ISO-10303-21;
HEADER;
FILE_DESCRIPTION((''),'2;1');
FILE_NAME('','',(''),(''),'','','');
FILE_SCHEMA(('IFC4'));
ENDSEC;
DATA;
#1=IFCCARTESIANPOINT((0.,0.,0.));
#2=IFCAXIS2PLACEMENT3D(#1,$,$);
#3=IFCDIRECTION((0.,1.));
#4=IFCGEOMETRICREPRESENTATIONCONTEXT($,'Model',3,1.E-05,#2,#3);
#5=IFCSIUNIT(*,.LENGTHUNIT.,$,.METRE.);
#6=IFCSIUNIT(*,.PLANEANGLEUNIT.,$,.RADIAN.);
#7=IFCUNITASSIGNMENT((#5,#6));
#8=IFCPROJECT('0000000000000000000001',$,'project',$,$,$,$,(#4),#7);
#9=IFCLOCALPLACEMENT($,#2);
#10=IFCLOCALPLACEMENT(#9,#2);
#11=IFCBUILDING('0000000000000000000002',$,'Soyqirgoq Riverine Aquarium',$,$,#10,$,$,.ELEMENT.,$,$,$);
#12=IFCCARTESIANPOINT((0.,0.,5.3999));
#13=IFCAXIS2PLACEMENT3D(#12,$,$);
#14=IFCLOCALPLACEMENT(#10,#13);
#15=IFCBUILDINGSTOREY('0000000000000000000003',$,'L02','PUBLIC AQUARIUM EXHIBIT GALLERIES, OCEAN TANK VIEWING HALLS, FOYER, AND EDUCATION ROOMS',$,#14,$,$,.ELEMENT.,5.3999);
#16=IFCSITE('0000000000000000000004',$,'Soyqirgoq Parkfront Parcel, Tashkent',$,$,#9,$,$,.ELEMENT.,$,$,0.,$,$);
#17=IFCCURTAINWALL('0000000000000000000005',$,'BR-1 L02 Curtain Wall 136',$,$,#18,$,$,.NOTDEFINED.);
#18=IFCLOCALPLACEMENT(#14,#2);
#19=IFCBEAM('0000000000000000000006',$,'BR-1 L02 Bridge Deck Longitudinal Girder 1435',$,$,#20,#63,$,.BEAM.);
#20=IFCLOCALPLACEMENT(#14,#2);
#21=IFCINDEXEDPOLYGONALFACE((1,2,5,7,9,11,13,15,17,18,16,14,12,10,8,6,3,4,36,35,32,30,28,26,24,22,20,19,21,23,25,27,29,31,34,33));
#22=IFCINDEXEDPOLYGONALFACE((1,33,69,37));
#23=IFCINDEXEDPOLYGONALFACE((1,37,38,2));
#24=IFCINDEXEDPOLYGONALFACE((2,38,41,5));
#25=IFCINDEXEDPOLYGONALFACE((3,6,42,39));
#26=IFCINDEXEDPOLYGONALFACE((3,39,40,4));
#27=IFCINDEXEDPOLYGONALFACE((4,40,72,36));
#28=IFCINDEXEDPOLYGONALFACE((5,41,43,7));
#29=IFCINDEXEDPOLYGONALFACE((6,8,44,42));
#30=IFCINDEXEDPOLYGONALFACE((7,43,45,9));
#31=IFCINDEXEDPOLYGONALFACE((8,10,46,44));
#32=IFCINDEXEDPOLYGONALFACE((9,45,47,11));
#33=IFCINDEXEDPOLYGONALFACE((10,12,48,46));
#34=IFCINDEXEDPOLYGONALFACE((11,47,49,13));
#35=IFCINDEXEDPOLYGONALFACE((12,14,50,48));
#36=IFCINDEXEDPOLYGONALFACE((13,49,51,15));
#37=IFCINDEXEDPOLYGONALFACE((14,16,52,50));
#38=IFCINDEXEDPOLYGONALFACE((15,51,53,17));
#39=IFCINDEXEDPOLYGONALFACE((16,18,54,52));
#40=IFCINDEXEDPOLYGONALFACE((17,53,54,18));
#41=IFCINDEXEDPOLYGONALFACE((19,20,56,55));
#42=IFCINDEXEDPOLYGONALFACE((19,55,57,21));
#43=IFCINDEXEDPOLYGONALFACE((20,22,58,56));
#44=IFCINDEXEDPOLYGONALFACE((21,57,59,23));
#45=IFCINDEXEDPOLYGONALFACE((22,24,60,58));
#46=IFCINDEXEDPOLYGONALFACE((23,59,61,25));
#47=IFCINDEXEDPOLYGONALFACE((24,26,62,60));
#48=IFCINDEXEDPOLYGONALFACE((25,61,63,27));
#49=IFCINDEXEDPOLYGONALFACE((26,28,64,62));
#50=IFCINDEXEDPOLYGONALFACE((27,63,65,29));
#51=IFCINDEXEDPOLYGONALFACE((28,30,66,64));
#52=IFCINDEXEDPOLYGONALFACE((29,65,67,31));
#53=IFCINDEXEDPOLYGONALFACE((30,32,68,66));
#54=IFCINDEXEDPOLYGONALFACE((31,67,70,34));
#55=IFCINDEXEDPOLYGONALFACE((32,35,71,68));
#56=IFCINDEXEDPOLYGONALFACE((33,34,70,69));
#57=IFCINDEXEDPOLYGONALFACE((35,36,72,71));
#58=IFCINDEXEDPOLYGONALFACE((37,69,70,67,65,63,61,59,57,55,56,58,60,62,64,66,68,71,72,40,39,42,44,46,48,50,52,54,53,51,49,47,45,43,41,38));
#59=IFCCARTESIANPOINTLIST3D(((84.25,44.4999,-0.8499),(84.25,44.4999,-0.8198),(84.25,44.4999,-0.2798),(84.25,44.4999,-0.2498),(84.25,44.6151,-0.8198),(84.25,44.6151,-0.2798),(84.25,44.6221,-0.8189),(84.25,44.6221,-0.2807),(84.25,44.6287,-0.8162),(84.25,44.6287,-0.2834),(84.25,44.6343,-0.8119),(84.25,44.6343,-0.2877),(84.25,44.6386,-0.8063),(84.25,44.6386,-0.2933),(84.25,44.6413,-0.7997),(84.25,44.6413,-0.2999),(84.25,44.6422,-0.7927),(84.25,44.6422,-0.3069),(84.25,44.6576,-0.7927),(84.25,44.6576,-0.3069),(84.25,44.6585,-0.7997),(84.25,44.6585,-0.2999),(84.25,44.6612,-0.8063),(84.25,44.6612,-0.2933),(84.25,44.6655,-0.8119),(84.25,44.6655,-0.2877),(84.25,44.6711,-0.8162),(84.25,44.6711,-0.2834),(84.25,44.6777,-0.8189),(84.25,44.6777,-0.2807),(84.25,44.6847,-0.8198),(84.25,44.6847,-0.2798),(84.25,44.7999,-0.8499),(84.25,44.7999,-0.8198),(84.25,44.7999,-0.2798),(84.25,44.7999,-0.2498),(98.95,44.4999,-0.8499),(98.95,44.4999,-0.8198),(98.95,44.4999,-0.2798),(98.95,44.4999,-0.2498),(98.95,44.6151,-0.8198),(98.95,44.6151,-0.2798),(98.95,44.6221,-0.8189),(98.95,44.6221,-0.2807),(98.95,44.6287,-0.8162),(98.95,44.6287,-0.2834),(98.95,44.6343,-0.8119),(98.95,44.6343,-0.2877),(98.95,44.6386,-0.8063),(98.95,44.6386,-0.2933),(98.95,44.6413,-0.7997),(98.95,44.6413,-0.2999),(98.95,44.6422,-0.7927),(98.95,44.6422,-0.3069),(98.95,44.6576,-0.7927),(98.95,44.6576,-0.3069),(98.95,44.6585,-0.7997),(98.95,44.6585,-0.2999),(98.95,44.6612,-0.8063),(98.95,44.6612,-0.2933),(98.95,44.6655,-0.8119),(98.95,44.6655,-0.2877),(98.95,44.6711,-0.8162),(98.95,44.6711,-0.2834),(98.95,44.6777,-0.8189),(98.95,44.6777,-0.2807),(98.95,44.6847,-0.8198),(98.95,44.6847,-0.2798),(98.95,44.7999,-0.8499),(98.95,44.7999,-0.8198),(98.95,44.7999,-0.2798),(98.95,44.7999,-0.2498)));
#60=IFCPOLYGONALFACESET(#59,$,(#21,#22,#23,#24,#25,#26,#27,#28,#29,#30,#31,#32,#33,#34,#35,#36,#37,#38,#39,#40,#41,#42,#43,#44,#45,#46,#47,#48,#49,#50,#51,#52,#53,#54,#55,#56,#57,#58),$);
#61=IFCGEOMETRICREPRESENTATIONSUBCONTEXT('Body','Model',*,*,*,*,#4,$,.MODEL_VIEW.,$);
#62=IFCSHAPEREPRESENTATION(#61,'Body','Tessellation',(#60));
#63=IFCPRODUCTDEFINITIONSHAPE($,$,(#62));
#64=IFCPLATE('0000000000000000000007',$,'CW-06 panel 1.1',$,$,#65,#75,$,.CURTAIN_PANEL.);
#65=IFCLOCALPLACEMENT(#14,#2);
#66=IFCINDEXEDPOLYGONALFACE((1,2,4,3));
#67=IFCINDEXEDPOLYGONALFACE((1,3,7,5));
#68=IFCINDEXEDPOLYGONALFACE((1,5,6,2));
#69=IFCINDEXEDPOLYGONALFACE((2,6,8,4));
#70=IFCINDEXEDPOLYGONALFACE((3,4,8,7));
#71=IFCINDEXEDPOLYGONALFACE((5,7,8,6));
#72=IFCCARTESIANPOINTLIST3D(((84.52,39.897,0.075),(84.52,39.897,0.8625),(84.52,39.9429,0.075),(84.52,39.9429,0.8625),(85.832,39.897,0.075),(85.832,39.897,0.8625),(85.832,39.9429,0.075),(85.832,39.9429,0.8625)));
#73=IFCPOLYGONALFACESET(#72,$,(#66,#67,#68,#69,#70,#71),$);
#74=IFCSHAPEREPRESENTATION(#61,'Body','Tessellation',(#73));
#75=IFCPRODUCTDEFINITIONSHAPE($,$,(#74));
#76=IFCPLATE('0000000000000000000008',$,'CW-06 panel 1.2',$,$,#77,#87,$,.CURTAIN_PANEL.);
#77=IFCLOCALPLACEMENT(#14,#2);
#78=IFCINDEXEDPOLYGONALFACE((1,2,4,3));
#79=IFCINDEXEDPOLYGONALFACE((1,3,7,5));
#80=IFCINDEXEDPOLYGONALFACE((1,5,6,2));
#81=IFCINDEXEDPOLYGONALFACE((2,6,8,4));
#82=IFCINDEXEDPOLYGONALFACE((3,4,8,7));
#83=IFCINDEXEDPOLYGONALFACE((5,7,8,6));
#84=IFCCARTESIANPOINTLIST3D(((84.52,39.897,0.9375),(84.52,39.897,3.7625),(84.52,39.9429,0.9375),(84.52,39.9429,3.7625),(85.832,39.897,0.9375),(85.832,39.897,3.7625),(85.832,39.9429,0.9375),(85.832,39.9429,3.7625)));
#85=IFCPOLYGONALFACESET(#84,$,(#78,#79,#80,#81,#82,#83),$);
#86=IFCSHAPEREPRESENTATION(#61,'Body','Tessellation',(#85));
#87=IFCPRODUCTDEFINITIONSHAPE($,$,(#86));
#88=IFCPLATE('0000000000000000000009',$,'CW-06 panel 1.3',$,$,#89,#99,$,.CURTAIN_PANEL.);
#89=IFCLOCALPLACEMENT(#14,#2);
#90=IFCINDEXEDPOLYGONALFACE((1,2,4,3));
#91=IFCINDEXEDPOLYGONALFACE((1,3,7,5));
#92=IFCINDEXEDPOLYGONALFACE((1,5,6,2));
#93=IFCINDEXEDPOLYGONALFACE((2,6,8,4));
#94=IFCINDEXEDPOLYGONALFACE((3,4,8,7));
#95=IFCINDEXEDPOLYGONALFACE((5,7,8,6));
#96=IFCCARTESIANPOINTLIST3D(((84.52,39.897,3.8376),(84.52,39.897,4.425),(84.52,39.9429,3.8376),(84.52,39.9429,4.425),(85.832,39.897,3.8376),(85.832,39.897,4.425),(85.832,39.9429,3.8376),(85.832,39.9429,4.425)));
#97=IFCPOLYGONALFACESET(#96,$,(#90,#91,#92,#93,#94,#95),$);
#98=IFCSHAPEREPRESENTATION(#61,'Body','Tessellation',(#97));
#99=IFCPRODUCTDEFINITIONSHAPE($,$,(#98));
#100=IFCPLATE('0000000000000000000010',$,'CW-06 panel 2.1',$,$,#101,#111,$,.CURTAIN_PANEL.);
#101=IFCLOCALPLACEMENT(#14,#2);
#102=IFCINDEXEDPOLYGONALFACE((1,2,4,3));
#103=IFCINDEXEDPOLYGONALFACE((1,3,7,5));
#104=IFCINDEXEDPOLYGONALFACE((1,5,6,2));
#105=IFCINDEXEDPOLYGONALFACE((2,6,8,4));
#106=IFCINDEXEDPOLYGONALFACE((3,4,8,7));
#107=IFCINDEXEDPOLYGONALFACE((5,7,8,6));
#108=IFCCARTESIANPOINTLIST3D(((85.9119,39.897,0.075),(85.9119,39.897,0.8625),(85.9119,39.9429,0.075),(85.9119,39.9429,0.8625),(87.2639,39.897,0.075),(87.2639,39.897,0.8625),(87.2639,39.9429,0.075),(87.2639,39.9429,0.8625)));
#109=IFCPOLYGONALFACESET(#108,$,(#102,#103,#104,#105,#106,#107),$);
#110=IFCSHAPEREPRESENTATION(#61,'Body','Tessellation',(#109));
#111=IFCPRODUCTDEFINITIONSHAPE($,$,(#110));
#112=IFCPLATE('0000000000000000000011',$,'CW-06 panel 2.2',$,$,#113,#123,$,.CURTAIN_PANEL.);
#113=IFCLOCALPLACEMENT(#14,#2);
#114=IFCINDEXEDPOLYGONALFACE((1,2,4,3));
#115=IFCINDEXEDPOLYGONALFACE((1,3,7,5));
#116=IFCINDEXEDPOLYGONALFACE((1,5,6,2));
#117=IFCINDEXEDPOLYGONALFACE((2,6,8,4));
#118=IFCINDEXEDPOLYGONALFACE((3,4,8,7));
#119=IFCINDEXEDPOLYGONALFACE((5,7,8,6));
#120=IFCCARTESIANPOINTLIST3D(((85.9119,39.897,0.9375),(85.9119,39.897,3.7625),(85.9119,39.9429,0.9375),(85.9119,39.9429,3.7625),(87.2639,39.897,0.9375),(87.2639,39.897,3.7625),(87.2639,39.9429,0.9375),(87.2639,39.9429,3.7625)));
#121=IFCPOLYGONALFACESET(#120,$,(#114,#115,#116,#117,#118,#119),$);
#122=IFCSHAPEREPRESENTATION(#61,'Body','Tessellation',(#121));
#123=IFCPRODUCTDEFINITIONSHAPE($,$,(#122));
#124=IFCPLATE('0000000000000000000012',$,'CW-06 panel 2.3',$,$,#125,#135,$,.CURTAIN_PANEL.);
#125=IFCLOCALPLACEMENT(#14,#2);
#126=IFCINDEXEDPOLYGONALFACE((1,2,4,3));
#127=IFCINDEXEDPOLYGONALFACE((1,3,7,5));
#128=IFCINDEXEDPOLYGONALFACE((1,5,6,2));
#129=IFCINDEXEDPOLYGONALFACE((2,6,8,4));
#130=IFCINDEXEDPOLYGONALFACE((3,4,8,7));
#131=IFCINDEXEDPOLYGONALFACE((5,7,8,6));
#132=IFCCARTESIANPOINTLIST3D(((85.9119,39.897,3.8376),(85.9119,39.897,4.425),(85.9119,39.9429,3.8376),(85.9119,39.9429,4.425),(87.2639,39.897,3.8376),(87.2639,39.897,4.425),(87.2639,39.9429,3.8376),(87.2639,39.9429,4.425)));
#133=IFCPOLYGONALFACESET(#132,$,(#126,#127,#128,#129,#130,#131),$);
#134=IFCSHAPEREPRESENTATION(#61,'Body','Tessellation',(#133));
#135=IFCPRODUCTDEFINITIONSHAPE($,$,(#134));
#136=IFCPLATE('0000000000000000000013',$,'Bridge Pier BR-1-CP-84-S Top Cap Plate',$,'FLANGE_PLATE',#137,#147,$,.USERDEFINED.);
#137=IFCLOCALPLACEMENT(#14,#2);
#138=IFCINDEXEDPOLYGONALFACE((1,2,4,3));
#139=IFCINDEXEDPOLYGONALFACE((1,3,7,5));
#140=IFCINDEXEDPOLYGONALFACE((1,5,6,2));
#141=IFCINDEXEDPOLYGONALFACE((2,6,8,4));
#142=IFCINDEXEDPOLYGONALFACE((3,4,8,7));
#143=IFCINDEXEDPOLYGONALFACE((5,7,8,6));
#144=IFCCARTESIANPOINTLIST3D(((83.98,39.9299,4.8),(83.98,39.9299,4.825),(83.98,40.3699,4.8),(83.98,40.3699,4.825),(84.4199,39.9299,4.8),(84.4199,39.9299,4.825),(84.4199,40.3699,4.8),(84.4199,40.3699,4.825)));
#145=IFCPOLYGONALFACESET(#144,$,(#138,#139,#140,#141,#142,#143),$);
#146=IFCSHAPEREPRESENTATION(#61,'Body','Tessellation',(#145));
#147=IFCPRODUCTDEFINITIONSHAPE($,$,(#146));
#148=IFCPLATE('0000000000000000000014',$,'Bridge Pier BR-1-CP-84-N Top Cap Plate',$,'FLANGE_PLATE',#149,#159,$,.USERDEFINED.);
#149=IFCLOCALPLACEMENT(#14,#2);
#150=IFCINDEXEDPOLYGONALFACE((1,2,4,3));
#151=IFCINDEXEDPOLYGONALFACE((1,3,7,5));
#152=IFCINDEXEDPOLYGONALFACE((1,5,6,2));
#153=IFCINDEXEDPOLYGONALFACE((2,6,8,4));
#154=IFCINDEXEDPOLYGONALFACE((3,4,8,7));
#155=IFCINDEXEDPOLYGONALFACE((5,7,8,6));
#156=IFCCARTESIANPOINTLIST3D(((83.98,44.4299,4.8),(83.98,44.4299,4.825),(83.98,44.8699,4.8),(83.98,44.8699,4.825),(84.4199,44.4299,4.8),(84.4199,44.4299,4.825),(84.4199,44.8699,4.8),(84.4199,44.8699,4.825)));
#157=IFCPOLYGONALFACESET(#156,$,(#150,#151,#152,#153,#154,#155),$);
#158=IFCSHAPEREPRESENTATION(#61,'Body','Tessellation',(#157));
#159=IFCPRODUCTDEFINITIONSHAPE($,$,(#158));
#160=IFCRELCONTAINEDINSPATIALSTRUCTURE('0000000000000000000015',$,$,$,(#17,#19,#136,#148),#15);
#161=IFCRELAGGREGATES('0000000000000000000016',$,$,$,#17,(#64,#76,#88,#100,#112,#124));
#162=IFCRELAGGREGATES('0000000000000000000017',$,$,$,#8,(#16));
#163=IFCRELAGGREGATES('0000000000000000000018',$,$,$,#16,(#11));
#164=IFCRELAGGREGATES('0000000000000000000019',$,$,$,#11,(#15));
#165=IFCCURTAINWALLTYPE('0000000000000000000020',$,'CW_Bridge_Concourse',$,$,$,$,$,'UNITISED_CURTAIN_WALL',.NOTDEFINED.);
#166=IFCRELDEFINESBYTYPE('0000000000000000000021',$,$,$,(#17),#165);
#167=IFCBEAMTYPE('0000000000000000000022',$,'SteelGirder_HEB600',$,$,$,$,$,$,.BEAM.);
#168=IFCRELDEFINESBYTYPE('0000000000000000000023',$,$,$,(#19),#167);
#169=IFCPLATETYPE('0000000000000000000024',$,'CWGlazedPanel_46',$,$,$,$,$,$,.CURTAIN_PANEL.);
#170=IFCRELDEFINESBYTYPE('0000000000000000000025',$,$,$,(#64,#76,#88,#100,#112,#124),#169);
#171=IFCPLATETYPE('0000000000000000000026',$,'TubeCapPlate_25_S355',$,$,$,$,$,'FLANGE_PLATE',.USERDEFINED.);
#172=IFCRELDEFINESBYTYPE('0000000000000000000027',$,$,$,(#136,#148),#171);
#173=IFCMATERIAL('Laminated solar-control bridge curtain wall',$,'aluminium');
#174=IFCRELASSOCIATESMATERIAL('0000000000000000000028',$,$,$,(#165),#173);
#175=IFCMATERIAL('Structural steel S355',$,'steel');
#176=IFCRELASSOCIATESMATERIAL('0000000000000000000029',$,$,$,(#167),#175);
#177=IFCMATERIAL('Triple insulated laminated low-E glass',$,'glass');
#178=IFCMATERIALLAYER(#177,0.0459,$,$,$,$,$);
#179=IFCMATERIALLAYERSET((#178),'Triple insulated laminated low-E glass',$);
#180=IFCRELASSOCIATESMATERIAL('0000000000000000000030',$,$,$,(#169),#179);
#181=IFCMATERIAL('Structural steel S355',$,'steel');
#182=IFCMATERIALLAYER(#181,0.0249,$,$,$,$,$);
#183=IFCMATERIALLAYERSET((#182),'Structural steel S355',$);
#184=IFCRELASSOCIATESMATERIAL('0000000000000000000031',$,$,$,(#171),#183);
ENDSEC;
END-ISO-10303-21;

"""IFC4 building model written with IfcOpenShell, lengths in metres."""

from ifc_helpers import new_model, si_unit, direction, frame, origin, origin_2d, place, context, subcontext, project, spatial, rectangle, i_section, extrude, material, layer, layer_set, material_profile, profile_set, type_object, element, aggregate, save


model = new_model("IFC4")

# Units and contexts
model_context = context("Model", 3, precision=1e-05, world=origin(), true_north=direction((0.0, 1.0)))
body_context = subcontext(model_context, "Body", "Model", "MODEL_VIEW")
ifc_project = project(units=[si_unit("LENGTHUNIT", "METRE"), si_unit("PLANEANGLEUNIT", "RADIAN")], contexts=[model_context])

# Site, building, storey
site_placement = place(None, origin())
site = spatial("IfcSite", under=ifc_project, at=site_placement, Name="Soyqirgoq Parkfront Parcel, Tashkent", CompositionType="ELEMENT", RefElevation=0.0)
building_placement = place(site_placement, origin())
building = spatial("IfcBuilding", under=site, at=building_placement, Name="Soyqirgoq Riverine Aquarium", CompositionType="ELEMENT")
storey_placement = place(building_placement, frame((0.0, 0.0, 5.3999)))
storey = spatial("IfcBuildingStorey", under=building, at=storey_placement, Name="L02", Description="PUBLIC AQUARIUM EXHIBIT GALLERIES, OCEAN TANK VIEWING HALLS, FOYER, AND EDUCATION ROOMS", CompositionType="ELEMENT", Elevation=5.3999)

# Shared definitions
ifc_material_1 = material(Name="Laminated solar-control bridge curtain wall", Category="aluminium")
curtain_wall_type = type_object("IfcCurtainWallType", Name="CW_Bridge_Concourse", ElementType="UNITISED_CURTAIN_WALL", PredefinedType="NOTDEFINED", material=ifc_material_1)

# Curtain wall
curtain_wall_1_placement = place(storey_placement, origin())
curtain_wall_1 = element("IfcCurtainWall", 1, at=curtain_wall_1_placement, inside=storey, type_object=curtain_wall_type, Name="BR-1 L02 Curtain Wall 136", PredefinedType="NOTDEFINED")

# Beam
ifc_material_2 = material(Name="Structural steel S355", Category="steel")
ifc_material_profile_1 = material_profile(ifc_material_2, i_section(OverallWidth=0.3, OverallDepth=0.6001, WebThickness=0.0154, FlangeThickness=0.03, FilletRadius=0.0271, at=origin_2d()), Name="HEB 600")
ifc_profile_set_1 = profile_set([ifc_material_profile_1], Name="Structural steel S355")
beam_type_1 = type_object("IfcBeamType", Name="SteelGirder_HEB600", PredefinedType="BEAM", material=ifc_profile_set_1)
for number, where, z_axis, x_axis, name in (
    (2, (84.25, 44.6499, -0.5498), (1.0, 0.0, 0.0), (0.0, 1.0, 0.0), "BR-1 L02 Bridge Deck Longitudinal Girder 1435"),
):
    element("IfcBeam", number, at=place(storey_placement, frame(where, z_axis=z_axis, x_axis=x_axis)), inside=storey, type_object=beam_type_1, Name=name, PredefinedType="BEAM", context=body_context, shape_type="SweptSolid", body=[
        extrude(i_section(OverallWidth=0.3, OverallDepth=0.6001, WebThickness=0.0154, FlangeThickness=0.03, FilletRadius=0.0271, at=origin_2d()), origin(), (0.0, 0.0, 1.0), 14.7),
    ])

# Plates
ifc_material_3 = material(Name="Triple insulated laminated low-E glass", Category="glass")
ifc_layer_1 = layer(ifc_material_3, 0.0459)
ifc_layer_set_1 = layer_set([ifc_layer_1], Name="Triple insulated laminated low-E glass")
plate_type_1 = type_object("IfcPlateType", Name="CWGlazedPanel_46", PredefinedType="CURTAIN_PANEL", material=ifc_layer_set_1)
plate_1_placement = place(storey_placement, frame((85.176, 39.9199, 0.075), z_axis=(0.0, 0.0, 1.0), x_axis=(1.0, 0.0, 0.0)))
plate_1 = element("IfcPlate", 3, at=plate_1_placement, type_object=plate_type_1, Name="CW-06 panel 1.1", PredefinedType="CURTAIN_PANEL", context=body_context, shape_type="SweptSolid", body=[
    extrude(rectangle(XDim=1.312, YDim=0.0459, at=origin_2d()), origin(), (0.0, 0.0, 1.0), 0.7876),
])
plate_2_placement = place(storey_placement, frame((85.176, 39.9199, 0.9375), z_axis=(0.0, 0.0, 1.0), x_axis=(1.0, 0.0, 0.0)))
plate_2 = element("IfcPlate", 4, at=plate_2_placement, type_object=plate_type_1, Name="CW-06 panel 1.2", PredefinedType="CURTAIN_PANEL", context=body_context, shape_type="SweptSolid", body=[
    extrude(rectangle(XDim=1.312, YDim=0.0459, at=origin_2d()), origin(), (0.0, 0.0, 1.0), 2.825),
])
plate_3_placement = place(storey_placement, frame((85.176, 39.9199, 3.8376), z_axis=(0.0, 0.0, 1.0), x_axis=(1.0, 0.0, 0.0)))
plate_3 = element("IfcPlate", 5, at=plate_3_placement, type_object=plate_type_1, Name="CW-06 panel 1.3", PredefinedType="CURTAIN_PANEL", context=body_context, shape_type="SweptSolid", body=[
    extrude(rectangle(XDim=1.312, YDim=0.0459, at=origin_2d()), origin(), (0.0, 0.0, 1.0), 0.5874),
])
plate_4_placement = place(storey_placement, frame((86.5879, 39.9199, 0.075), z_axis=(0.0, 0.0, 1.0), x_axis=(1.0, 0.0, 0.0)))
plate_4 = element("IfcPlate", 6, at=plate_4_placement, type_object=plate_type_1, Name="CW-06 panel 2.1", PredefinedType="CURTAIN_PANEL", context=body_context, shape_type="SweptSolid", body=[
    extrude(rectangle(XDim=1.3521, YDim=0.0459, at=origin_2d()), origin(), (0.0, 0.0, 1.0), 0.7876),
])
plate_5_placement = place(storey_placement, frame((86.5879, 39.9199, 0.9375), z_axis=(0.0, 0.0, 1.0), x_axis=(1.0, 0.0, 0.0)))
plate_5 = element("IfcPlate", 7, at=plate_5_placement, type_object=plate_type_1, Name="CW-06 panel 2.2", PredefinedType="CURTAIN_PANEL", context=body_context, shape_type="SweptSolid", body=[
    extrude(rectangle(XDim=1.3521, YDim=0.0459, at=origin_2d()), origin(), (0.0, 0.0, 1.0), 2.825),
])
plate_6_placement = place(storey_placement, frame((86.5879, 39.9199, 3.8376), z_axis=(0.0, 0.0, 1.0), x_axis=(1.0, 0.0, 0.0)))
plate_6 = element("IfcPlate", 8, at=plate_6_placement, type_object=plate_type_1, Name="CW-06 panel 2.3", PredefinedType="CURTAIN_PANEL", context=body_context, shape_type="SweptSolid", body=[
    extrude(rectangle(XDim=1.3521, YDim=0.0459, at=origin_2d()), origin(), (0.0, 0.0, 1.0), 0.5874),
])
aggregate(curtain_wall_1, [plate_1, plate_2, plate_3, plate_4, plate_5, plate_6])

# Plates
ifc_material_4 = material(Name="Structural steel S355", Category="steel")
ifc_layer_2 = layer(ifc_material_4, 0.0249)
ifc_layer_set_2 = layer_set([ifc_layer_2], Name="Structural steel S355")
plate_type_2 = type_object("IfcPlateType", Name="TubeCapPlate_25_S355", ElementType="FLANGE_PLATE", PredefinedType="USERDEFINED", material=ifc_layer_set_2)
for number, where, z_axis, x_axis, name in (
    (9, (84.2, 40.1499, 4.8), (0.0, 0.0, 1.0), (1.0, 0.0, 0.0), "Bridge Pier BR-1-CP-84-S Top Cap Plate"),
    (10, (84.2, 44.6499, 4.8), (0.0, 0.0, 1.0), (1.0, 0.0, 0.0), "Bridge Pier BR-1-CP-84-N Top Cap Plate"),
):
    element("IfcPlate", number, at=place(storey_placement, frame(where, z_axis=z_axis, x_axis=x_axis)), inside=storey, type_object=plate_type_2, Name=name, ObjectType="FLANGE_PLATE", PredefinedType="USERDEFINED", context=body_context, shape_type="SweptSolid", body=[
        extrude(rectangle(XDim=0.4399, YDim=0.4399, at=origin_2d()), origin(), (0.0, 0.0, 1.0), 0.0249),
    ])

save(model, "model.ifc")
